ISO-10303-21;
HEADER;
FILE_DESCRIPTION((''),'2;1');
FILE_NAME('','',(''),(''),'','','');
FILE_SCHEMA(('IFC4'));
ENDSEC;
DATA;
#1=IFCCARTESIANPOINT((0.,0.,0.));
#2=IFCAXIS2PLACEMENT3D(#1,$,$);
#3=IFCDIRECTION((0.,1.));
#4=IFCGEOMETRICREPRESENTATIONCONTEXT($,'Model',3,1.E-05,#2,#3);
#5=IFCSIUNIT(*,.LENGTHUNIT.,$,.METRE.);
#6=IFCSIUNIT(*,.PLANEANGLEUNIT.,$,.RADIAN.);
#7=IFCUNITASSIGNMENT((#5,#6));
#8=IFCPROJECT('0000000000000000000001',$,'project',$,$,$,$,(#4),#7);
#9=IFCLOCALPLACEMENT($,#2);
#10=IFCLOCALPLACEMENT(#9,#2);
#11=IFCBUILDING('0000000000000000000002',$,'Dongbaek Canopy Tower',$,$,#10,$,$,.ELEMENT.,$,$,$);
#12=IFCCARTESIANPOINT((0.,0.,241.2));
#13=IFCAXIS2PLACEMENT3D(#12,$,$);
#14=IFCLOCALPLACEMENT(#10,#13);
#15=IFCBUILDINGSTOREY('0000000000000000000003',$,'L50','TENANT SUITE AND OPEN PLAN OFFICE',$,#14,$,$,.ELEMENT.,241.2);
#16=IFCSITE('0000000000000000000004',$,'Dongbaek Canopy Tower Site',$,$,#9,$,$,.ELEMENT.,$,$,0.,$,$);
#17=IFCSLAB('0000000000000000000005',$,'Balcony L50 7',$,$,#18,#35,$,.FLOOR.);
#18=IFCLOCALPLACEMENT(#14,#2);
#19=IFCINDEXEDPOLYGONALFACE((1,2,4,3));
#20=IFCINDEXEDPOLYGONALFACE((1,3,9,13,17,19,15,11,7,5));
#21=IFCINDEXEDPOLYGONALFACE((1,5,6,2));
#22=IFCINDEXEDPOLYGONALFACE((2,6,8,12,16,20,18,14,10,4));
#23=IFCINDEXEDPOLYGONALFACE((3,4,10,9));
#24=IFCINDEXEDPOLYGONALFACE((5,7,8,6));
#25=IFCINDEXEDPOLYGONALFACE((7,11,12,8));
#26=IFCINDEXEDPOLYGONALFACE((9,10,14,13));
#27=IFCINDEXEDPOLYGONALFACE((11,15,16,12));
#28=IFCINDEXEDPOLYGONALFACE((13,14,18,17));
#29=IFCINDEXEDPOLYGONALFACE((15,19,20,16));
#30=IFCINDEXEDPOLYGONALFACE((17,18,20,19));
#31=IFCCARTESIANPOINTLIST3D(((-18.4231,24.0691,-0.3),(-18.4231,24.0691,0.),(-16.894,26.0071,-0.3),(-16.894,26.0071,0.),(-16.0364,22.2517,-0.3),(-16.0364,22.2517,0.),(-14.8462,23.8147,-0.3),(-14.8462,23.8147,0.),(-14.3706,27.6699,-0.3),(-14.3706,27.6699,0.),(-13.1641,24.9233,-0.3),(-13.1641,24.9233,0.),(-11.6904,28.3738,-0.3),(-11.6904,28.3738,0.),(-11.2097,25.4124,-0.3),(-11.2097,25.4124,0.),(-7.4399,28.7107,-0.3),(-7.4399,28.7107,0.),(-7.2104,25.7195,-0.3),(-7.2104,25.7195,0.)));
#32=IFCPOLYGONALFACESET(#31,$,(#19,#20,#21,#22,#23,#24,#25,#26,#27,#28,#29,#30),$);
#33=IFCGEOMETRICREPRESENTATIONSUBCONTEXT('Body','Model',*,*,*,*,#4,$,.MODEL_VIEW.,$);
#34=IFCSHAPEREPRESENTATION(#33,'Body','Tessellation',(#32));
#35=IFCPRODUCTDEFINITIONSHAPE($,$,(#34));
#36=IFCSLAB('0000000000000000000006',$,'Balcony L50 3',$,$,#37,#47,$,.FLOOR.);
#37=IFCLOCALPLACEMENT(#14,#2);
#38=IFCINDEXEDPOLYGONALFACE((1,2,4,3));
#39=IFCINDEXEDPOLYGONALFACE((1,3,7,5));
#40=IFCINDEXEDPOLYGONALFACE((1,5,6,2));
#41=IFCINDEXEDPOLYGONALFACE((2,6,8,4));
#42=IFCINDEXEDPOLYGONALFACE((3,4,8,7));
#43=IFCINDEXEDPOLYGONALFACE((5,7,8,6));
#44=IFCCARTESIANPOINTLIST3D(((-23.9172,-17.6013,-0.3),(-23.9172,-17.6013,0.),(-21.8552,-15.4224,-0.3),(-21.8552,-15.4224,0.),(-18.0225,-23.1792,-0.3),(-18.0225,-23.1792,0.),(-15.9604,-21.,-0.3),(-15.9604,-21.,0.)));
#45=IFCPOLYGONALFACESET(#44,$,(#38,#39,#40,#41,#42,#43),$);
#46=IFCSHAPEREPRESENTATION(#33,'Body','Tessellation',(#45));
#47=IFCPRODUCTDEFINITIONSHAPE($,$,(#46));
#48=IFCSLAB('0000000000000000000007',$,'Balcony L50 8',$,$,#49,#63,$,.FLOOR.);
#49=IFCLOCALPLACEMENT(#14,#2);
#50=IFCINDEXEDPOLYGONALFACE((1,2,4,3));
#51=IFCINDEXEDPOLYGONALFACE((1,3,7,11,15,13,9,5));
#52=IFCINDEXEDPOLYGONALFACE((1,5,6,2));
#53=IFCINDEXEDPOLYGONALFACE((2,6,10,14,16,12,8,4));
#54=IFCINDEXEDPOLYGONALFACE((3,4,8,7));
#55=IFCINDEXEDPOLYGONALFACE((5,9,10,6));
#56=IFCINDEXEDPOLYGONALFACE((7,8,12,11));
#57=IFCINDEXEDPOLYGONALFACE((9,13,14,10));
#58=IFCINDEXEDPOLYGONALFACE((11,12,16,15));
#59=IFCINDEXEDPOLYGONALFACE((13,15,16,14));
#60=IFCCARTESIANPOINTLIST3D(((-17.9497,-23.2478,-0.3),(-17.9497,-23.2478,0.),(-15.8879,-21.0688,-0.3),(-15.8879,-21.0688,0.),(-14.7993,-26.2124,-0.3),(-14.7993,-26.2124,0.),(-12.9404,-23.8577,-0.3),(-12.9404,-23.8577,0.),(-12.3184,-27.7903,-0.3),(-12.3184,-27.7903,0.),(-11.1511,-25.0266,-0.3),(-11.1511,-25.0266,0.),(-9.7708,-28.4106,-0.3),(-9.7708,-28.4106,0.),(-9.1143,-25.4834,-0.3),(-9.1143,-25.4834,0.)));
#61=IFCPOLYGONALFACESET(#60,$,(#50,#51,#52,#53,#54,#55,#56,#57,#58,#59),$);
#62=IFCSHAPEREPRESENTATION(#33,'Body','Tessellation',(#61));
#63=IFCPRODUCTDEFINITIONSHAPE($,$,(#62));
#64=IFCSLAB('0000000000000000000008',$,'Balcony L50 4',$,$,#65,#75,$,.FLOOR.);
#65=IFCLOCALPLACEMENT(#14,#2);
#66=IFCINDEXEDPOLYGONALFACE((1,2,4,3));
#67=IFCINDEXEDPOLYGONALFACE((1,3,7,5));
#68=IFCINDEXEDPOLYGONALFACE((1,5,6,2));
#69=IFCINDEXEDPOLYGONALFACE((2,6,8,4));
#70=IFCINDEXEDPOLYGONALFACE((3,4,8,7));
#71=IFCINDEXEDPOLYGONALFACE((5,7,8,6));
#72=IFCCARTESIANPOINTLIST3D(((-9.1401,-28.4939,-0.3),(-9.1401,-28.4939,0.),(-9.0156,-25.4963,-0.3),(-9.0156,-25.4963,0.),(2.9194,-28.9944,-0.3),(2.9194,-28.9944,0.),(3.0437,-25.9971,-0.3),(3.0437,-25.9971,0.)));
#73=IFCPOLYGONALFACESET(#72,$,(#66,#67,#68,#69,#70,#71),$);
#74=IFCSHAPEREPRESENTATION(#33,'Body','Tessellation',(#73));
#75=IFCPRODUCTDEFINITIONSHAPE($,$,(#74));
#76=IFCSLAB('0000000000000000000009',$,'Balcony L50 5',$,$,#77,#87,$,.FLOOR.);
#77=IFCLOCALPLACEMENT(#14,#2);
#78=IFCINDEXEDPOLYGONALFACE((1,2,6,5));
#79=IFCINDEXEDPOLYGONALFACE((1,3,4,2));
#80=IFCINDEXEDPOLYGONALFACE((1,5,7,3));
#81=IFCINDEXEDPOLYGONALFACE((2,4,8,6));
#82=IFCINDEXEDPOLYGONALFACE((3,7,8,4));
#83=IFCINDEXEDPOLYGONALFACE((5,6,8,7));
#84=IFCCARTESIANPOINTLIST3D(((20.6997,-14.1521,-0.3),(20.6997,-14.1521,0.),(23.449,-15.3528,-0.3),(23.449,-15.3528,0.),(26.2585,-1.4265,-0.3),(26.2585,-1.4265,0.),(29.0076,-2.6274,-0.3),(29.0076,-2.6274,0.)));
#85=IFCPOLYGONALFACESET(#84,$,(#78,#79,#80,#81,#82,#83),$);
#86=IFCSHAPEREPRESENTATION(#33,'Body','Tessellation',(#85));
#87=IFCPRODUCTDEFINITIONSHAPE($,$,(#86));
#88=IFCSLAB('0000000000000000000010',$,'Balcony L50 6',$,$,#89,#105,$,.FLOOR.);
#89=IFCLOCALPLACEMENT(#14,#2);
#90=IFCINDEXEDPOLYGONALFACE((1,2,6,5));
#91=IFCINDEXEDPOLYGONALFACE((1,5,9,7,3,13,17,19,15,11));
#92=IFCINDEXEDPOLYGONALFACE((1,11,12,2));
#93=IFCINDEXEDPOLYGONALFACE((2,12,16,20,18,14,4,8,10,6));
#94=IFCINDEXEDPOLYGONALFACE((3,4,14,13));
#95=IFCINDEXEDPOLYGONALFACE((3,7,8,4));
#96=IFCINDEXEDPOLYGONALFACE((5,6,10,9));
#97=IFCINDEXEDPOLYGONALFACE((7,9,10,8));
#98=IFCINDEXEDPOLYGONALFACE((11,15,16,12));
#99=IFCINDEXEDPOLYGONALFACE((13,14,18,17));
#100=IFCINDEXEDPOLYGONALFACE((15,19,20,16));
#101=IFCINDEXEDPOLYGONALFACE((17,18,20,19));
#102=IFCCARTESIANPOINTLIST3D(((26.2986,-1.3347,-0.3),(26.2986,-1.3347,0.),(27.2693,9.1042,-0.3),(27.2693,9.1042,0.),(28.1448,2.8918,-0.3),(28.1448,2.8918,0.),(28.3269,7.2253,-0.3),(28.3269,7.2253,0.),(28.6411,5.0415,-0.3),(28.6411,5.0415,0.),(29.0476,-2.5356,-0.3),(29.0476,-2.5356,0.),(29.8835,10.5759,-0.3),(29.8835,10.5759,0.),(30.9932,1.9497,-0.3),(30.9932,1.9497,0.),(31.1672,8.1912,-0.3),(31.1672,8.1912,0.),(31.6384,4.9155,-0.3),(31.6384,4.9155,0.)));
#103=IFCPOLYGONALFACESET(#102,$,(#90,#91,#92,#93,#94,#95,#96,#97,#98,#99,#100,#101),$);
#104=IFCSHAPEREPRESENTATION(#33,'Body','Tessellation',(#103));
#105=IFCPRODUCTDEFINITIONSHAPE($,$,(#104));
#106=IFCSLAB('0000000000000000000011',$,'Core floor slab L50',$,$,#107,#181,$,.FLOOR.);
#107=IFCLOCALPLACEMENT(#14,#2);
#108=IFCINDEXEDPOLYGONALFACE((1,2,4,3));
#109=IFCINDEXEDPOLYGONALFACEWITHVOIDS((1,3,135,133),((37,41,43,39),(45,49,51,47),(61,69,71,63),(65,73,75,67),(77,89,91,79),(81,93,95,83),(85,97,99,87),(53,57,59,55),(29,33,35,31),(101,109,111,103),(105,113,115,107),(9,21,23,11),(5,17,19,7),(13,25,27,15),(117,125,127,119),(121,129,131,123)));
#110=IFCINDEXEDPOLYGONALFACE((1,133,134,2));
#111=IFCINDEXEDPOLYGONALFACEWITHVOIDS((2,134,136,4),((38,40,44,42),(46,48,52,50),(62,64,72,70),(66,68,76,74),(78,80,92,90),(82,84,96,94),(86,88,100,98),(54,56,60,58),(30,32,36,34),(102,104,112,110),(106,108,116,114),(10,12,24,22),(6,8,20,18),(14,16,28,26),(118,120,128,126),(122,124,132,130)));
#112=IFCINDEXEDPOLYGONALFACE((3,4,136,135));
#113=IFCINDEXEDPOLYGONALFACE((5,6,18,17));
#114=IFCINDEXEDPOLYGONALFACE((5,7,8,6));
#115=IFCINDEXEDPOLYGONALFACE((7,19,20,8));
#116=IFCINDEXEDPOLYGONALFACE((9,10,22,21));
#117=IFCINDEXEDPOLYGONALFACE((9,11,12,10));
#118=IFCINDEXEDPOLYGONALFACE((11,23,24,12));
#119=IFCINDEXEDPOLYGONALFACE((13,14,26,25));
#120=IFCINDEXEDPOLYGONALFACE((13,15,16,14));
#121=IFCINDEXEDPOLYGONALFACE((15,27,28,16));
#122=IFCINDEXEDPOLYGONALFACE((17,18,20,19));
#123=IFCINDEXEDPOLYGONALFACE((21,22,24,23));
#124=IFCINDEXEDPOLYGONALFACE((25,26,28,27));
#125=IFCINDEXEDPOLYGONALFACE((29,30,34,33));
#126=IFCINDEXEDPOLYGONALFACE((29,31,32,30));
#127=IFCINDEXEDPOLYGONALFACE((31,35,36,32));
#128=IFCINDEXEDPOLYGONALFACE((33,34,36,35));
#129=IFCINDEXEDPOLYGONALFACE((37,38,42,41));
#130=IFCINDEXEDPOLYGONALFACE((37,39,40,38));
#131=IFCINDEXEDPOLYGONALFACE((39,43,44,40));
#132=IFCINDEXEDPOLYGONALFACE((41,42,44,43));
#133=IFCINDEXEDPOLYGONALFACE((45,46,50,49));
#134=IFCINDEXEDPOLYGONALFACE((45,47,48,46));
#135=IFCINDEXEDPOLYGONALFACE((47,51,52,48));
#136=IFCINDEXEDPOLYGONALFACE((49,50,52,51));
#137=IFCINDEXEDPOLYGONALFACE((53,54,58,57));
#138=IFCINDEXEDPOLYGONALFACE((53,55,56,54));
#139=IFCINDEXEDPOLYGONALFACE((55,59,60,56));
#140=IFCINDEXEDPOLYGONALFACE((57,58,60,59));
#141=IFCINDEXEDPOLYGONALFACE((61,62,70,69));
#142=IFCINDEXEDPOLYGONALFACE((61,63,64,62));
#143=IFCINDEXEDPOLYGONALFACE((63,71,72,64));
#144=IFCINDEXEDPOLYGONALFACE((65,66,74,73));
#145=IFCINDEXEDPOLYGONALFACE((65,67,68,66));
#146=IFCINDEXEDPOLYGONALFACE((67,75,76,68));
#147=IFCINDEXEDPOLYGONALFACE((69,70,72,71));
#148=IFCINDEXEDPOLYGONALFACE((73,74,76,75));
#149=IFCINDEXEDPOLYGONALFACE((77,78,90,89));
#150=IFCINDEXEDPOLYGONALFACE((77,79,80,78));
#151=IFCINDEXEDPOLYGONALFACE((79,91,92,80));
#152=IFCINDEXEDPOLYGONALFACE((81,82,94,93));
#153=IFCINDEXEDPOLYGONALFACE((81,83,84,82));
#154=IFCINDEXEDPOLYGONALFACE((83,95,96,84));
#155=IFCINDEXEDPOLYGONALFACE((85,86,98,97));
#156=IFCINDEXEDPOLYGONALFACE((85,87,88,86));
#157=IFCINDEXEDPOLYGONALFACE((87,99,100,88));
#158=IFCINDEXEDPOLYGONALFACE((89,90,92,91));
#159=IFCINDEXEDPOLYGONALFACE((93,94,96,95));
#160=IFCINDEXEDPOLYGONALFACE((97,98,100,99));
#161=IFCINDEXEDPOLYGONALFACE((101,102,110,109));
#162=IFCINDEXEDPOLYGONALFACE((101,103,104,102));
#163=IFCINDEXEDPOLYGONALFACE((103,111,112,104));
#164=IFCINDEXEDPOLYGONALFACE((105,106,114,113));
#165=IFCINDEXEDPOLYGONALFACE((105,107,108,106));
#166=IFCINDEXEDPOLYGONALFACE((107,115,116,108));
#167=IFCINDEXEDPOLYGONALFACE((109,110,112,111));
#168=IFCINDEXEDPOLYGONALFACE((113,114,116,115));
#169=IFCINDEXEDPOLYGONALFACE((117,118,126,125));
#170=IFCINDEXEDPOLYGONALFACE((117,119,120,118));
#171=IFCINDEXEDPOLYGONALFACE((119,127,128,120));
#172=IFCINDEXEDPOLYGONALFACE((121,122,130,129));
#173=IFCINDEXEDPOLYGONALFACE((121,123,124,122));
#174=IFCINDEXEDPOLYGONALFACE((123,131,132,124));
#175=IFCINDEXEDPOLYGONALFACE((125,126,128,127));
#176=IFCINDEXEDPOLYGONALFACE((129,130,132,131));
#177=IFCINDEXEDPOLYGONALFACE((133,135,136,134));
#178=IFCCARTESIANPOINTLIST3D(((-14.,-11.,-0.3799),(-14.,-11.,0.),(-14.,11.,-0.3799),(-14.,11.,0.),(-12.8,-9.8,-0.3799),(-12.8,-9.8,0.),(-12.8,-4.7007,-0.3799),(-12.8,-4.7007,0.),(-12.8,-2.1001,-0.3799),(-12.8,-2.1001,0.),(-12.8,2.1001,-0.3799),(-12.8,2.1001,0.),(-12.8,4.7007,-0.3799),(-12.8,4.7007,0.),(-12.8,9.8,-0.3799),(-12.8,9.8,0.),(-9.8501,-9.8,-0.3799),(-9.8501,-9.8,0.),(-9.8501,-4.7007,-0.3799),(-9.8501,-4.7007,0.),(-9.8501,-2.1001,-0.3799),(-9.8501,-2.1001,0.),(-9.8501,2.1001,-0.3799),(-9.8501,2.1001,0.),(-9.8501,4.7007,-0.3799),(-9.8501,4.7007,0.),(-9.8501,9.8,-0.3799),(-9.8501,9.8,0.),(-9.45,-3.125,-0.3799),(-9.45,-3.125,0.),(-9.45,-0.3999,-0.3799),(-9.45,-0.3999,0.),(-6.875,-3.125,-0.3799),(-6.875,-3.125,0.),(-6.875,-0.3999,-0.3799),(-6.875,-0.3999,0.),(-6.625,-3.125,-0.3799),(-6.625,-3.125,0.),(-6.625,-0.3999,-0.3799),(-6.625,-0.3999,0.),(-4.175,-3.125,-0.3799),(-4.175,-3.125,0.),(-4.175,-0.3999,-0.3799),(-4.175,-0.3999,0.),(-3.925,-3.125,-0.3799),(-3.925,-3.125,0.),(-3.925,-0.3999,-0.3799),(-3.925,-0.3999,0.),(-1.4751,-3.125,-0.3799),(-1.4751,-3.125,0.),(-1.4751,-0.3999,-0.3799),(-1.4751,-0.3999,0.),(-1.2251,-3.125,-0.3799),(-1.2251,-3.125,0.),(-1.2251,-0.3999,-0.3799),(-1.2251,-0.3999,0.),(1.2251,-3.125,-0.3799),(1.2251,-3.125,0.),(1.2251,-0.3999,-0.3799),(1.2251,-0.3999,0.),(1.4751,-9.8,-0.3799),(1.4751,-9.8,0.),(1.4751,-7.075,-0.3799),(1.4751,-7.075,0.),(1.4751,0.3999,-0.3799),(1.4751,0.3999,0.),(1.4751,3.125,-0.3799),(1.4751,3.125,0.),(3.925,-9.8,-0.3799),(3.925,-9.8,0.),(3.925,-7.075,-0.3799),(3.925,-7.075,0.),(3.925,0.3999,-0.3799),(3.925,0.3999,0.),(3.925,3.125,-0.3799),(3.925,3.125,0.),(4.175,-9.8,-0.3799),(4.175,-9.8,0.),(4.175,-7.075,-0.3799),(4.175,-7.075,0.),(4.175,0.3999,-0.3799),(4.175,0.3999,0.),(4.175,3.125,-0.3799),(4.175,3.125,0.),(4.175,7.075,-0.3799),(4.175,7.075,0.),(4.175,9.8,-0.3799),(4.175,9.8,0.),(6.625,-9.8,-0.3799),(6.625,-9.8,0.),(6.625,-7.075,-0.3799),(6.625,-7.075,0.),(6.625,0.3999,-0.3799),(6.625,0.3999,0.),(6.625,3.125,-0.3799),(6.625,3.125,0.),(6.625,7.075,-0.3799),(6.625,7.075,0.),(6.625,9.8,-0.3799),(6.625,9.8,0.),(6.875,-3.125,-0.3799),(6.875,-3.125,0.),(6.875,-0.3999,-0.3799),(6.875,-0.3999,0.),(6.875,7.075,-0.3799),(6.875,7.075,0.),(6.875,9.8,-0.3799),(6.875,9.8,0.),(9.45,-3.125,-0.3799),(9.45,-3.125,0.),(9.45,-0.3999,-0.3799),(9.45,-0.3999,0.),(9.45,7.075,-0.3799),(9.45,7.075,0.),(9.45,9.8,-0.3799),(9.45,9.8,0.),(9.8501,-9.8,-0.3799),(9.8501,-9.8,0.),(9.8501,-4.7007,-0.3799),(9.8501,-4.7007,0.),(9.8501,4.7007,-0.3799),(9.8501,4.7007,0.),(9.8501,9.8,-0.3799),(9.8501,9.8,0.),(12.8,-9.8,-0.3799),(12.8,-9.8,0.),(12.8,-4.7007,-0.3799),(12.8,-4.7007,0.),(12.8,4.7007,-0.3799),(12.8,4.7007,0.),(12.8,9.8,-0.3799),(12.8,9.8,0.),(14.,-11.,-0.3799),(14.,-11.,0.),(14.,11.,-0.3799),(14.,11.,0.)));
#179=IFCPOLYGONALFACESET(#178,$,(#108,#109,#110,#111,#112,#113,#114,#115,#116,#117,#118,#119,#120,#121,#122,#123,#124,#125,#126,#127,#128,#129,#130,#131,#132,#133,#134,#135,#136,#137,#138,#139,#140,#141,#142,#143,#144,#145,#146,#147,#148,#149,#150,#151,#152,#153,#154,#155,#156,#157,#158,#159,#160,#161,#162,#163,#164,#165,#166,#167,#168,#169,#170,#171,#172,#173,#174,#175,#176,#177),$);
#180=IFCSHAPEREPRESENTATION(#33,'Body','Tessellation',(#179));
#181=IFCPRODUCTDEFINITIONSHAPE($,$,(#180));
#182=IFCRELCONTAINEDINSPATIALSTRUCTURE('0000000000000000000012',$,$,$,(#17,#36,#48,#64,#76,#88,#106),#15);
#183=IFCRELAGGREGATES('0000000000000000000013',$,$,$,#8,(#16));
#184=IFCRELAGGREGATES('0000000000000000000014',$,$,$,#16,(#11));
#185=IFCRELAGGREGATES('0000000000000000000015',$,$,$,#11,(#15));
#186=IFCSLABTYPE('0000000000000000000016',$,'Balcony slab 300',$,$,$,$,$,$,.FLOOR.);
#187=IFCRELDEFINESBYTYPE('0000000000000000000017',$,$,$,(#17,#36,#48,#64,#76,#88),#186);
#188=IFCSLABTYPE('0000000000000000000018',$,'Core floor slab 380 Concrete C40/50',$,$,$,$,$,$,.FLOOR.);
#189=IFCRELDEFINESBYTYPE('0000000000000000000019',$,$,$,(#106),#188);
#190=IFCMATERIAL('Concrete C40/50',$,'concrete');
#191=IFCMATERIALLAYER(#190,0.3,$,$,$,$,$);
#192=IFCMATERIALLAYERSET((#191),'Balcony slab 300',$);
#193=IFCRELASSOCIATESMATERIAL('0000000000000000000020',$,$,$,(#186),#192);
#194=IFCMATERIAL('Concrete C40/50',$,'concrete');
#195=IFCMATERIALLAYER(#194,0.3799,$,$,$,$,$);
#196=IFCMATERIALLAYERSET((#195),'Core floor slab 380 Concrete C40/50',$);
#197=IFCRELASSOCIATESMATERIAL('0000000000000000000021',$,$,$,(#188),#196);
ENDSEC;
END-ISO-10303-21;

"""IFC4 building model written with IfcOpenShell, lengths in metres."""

from ifc_helpers import new_model, si_unit, direction, frame, origin, place, context, subcontext, project, spatial, polyline, outline, extrude, material, layer, layer_set, type_object, element, save


model = new_model("IFC4")

# Units and contexts
model_context = context("Model", 3, precision=1e-05, world=origin(), true_north=direction((0.0, 1.0)))
body_context = subcontext(model_context, "Body", "Model", "MODEL_VIEW")
ifc_project = project(units=[si_unit("LENGTHUNIT", "METRE"), si_unit("PLANEANGLEUNIT", "RADIAN")], contexts=[model_context])

# Site, building, storey
site_placement = place(None, origin())
site = spatial("IfcSite", under=ifc_project, at=site_placement, Name="Dongbaek Canopy Tower Site", CompositionType="ELEMENT", RefElevation=0.0)
building_placement = place(site_placement, origin())
building = spatial("IfcBuilding", under=site, at=building_placement, Name="Dongbaek Canopy Tower", CompositionType="ELEMENT")
storey_placement = place(building_placement, frame((0.0, 0.0, 241.2)))
storey = spatial("IfcBuildingStorey", under=building, at=storey_placement, Name="L50", Description="TENANT SUITE AND OPEN PLAN OFFICE", CompositionType="ELEMENT", Elevation=241.2)

# Slabs
ifc_material_1 = material(Name="Concrete C40/50", Category="concrete")
ifc_layer_1 = layer(ifc_material_1, 0.3)
ifc_layer_set_1 = layer_set([ifc_layer_1], Name="Balcony slab 300")
slab_type_1 = type_object("IfcSlabType", Name="Balcony slab 300", PredefinedType="FLOOR", material=ifc_layer_set_1)
slab_1_placement = place(storey_placement, frame((0.0, 0.0, -0.3)))
element("IfcSlab", 1, at=slab_1_placement, inside=storey, type_object=slab_type_1, Name="Balcony L50 7", PredefinedType="FLOOR", context=body_context, shape_type="SweptSolid", body=[
    extrude(outline(polyline([(-7.2104, 25.7195), (-11.2097, 25.4124), (-13.1641, 24.9233), (-14.8462, 23.8147), (-16.0364, 22.2517), (-18.4231, 24.0691), (-16.894, 26.0071), (-14.3706, 27.6699), (-11.6904, 28.3738), (-7.4399, 28.7107), (-7.2104, 25.7195)])), origin(), (0.0, 0.0, 1.0), 0.3),
])
slab_2_placement = place(storey_placement, frame((0.0, 0.0, -0.3)))
element("IfcSlab", 2, at=slab_2_placement, inside=storey, type_object=slab_type_1, Name="Balcony L50 3", PredefinedType="FLOOR", context=body_context, shape_type="SweptSolid", body=[
    extrude(outline(polyline([(-21.8552, -15.4224), (-15.9604, -21.0), (-18.0225, -23.1792), (-23.9172, -17.6013), (-21.8552, -15.4224)])), origin(), (0.0, 0.0, 1.0), 0.3),
])
slab_3_placement = place(storey_placement, frame((0.0, 0.0, -0.3)))
element("IfcSlab", 3, at=slab_3_placement, inside=storey, type_object=slab_type_1, Name="Balcony L50 8", PredefinedType="FLOOR", context=body_context, shape_type="SweptSolid", body=[
    extrude(outline(polyline([(-15.8879, -21.0688), (-12.9404, -23.8577), (-11.1511, -25.0266), (-9.1143, -25.4834), (-9.7708, -28.4106), (-12.3184, -27.7903), (-14.7993, -26.2124), (-17.9497, -23.2478), (-15.8879, -21.0688)])), origin(), (0.0, 0.0, 1.0), 0.3),
])
slab_4_placement = place(storey_placement, frame((0.0, 0.0, -0.3)))
element("IfcSlab", 4, at=slab_4_placement, inside=storey, type_object=slab_type_1, Name="Balcony L50 4", PredefinedType="FLOOR", context=body_context, shape_type="SweptSolid", body=[
    extrude(outline(polyline([(-9.0156, -25.4963), (3.0437, -25.9971), (2.9194, -28.9944), (-9.1401, -28.4939), (-9.0156, -25.4963)])), origin(), (0.0, 0.0, 1.0), 0.3),
])
slab_5_placement = place(storey_placement, frame((0.0, 0.0, -0.3)))
element("IfcSlab", 5, at=slab_5_placement, inside=storey, type_object=slab_type_1, Name="Balcony L50 5", PredefinedType="FLOOR", context=body_context, shape_type="SweptSolid", body=[
    extrude(outline(polyline([(20.6997, -14.1521), (26.2585, -1.4265), (29.0076, -2.6274), (23.449, -15.3528), (20.6997, -14.1521)])), origin(), (0.0, 0.0, 1.0), 0.3),
])
slab_6_placement = place(storey_placement, frame((0.0, 0.0, -0.3)))
element("IfcSlab", 6, at=slab_6_placement, inside=storey, type_object=slab_type_1, Name="Balcony L50 6", PredefinedType="FLOOR", context=body_context, shape_type="SweptSolid", body=[
    extrude(outline(polyline([(26.2986, -1.3347), (28.1448, 2.8918), (28.6411, 5.0415), (28.3269, 7.2253), (27.2693, 9.1042), (29.8835, 10.5759), (31.1672, 8.1912), (31.6384, 4.9155), (30.9932, 1.9497), (29.0476, -2.5356), (26.2986, -1.3347)])), origin(), (0.0, 0.0, 1.0), 0.3),
])
ifc_material_2 = material(Name="Concrete C40/50", Category="concrete")
ifc_layer_2 = layer(ifc_material_2, 0.3799)
ifc_layer_set_2 = layer_set([ifc_layer_2], Name="Core floor slab 380 Concrete C40/50")
slab_type_2 = type_object("IfcSlabType", Name="Core floor slab 380 Concrete C40/50", PredefinedType="FLOOR", material=ifc_layer_set_2)
slab_7_placement = place(storey_placement, frame((0.0, 0.0, -0.3799)))
element("IfcSlab", 7, at=slab_7_placement, inside=storey, type_object=slab_type_2, Name="Core floor slab L50", PredefinedType="FLOOR", context=body_context, shape_type="SweptSolid", body=[
    extrude(outline(polyline([(14.0, -11.0), (14.0, 11.0), (-14.0, 11.0), (-14.0, -11.0), (14.0, -11.0)]), holes=[polyline([(-12.8, 2.1001), (-9.8501, 2.1001), (-9.8501, -2.1001), (-12.8, -2.1001), (-12.8, 2.1001)]), polyline([(6.625, 9.8), (6.625, 7.075), (4.175, 7.075), (4.175, 9.8), (6.625, 9.8)]), polyline([(9.45, 7.075), (6.875, 7.075), (6.875, 9.8), (9.45, 9.8), (9.45, 7.075)]), polyline([(1.4751, 0.3999), (1.4751, 3.125), (3.925, 3.125), (3.925, 0.3999), (1.4751, 0.3999)]), polyline([(4.175, 0.3999), (4.175, 3.125), (6.625, 3.125), (6.625, 0.3999), (4.175, 0.3999)]), polyline([(-9.45, -0.3999), (-6.875, -0.3999), (-6.875, -3.125), (-9.45, -3.125), (-9.45, -0.3999)]), polyline([(-6.625, -3.125), (-6.625, -0.3999), (-4.175, -0.3999), (-4.175, -3.125), (-6.625, -3.125)]), polyline([(-3.925, -3.125), (-3.925, -0.3999), (-1.4751, -0.3999), (-1.4751, -3.125), (-3.925, -3.125)]), polyline([(-1.2251, -3.125), (-1.2251, -0.3999), (1.2251, -0.3999), (1.2251, -3.125), (-1.2251, -3.125)]), polyline([(9.45, -3.125), (6.875, -3.125), (6.875, -0.3999), (9.45, -0.3999), (9.45, -3.125)]), polyline([(1.4751, -9.8), (1.4751, -7.075), (3.925, -7.075), (3.925, -9.8), (1.4751, -9.8)]), polyline([(4.175, -9.8), (4.175, -7.075), (6.625, -7.075), (6.625, -9.8), (4.175, -9.8)]), polyline([(12.8, 4.7007), (12.8, 9.8), (9.8501, 9.8), (9.8501, 4.7007), (12.8, 4.7007)]), polyline([(-9.8501, 4.7007), (-9.8501, 9.8), (-12.8, 9.8), (-12.8, 4.7007), (-9.8501, 4.7007)]), polyline([(9.8501, -4.7007), (9.8501, -9.8), (12.8, -9.8), (12.8, -4.7007), (9.8501, -4.7007)]), polyline([(-12.8, -4.7007), (-12.8, -9.8), (-9.8501, -9.8), (-9.8501, -4.7007), (-12.8, -4.7007)])]), origin(), (0.0, 0.0, 1.0), 0.3799),
])

save(model, "model.ifc")
